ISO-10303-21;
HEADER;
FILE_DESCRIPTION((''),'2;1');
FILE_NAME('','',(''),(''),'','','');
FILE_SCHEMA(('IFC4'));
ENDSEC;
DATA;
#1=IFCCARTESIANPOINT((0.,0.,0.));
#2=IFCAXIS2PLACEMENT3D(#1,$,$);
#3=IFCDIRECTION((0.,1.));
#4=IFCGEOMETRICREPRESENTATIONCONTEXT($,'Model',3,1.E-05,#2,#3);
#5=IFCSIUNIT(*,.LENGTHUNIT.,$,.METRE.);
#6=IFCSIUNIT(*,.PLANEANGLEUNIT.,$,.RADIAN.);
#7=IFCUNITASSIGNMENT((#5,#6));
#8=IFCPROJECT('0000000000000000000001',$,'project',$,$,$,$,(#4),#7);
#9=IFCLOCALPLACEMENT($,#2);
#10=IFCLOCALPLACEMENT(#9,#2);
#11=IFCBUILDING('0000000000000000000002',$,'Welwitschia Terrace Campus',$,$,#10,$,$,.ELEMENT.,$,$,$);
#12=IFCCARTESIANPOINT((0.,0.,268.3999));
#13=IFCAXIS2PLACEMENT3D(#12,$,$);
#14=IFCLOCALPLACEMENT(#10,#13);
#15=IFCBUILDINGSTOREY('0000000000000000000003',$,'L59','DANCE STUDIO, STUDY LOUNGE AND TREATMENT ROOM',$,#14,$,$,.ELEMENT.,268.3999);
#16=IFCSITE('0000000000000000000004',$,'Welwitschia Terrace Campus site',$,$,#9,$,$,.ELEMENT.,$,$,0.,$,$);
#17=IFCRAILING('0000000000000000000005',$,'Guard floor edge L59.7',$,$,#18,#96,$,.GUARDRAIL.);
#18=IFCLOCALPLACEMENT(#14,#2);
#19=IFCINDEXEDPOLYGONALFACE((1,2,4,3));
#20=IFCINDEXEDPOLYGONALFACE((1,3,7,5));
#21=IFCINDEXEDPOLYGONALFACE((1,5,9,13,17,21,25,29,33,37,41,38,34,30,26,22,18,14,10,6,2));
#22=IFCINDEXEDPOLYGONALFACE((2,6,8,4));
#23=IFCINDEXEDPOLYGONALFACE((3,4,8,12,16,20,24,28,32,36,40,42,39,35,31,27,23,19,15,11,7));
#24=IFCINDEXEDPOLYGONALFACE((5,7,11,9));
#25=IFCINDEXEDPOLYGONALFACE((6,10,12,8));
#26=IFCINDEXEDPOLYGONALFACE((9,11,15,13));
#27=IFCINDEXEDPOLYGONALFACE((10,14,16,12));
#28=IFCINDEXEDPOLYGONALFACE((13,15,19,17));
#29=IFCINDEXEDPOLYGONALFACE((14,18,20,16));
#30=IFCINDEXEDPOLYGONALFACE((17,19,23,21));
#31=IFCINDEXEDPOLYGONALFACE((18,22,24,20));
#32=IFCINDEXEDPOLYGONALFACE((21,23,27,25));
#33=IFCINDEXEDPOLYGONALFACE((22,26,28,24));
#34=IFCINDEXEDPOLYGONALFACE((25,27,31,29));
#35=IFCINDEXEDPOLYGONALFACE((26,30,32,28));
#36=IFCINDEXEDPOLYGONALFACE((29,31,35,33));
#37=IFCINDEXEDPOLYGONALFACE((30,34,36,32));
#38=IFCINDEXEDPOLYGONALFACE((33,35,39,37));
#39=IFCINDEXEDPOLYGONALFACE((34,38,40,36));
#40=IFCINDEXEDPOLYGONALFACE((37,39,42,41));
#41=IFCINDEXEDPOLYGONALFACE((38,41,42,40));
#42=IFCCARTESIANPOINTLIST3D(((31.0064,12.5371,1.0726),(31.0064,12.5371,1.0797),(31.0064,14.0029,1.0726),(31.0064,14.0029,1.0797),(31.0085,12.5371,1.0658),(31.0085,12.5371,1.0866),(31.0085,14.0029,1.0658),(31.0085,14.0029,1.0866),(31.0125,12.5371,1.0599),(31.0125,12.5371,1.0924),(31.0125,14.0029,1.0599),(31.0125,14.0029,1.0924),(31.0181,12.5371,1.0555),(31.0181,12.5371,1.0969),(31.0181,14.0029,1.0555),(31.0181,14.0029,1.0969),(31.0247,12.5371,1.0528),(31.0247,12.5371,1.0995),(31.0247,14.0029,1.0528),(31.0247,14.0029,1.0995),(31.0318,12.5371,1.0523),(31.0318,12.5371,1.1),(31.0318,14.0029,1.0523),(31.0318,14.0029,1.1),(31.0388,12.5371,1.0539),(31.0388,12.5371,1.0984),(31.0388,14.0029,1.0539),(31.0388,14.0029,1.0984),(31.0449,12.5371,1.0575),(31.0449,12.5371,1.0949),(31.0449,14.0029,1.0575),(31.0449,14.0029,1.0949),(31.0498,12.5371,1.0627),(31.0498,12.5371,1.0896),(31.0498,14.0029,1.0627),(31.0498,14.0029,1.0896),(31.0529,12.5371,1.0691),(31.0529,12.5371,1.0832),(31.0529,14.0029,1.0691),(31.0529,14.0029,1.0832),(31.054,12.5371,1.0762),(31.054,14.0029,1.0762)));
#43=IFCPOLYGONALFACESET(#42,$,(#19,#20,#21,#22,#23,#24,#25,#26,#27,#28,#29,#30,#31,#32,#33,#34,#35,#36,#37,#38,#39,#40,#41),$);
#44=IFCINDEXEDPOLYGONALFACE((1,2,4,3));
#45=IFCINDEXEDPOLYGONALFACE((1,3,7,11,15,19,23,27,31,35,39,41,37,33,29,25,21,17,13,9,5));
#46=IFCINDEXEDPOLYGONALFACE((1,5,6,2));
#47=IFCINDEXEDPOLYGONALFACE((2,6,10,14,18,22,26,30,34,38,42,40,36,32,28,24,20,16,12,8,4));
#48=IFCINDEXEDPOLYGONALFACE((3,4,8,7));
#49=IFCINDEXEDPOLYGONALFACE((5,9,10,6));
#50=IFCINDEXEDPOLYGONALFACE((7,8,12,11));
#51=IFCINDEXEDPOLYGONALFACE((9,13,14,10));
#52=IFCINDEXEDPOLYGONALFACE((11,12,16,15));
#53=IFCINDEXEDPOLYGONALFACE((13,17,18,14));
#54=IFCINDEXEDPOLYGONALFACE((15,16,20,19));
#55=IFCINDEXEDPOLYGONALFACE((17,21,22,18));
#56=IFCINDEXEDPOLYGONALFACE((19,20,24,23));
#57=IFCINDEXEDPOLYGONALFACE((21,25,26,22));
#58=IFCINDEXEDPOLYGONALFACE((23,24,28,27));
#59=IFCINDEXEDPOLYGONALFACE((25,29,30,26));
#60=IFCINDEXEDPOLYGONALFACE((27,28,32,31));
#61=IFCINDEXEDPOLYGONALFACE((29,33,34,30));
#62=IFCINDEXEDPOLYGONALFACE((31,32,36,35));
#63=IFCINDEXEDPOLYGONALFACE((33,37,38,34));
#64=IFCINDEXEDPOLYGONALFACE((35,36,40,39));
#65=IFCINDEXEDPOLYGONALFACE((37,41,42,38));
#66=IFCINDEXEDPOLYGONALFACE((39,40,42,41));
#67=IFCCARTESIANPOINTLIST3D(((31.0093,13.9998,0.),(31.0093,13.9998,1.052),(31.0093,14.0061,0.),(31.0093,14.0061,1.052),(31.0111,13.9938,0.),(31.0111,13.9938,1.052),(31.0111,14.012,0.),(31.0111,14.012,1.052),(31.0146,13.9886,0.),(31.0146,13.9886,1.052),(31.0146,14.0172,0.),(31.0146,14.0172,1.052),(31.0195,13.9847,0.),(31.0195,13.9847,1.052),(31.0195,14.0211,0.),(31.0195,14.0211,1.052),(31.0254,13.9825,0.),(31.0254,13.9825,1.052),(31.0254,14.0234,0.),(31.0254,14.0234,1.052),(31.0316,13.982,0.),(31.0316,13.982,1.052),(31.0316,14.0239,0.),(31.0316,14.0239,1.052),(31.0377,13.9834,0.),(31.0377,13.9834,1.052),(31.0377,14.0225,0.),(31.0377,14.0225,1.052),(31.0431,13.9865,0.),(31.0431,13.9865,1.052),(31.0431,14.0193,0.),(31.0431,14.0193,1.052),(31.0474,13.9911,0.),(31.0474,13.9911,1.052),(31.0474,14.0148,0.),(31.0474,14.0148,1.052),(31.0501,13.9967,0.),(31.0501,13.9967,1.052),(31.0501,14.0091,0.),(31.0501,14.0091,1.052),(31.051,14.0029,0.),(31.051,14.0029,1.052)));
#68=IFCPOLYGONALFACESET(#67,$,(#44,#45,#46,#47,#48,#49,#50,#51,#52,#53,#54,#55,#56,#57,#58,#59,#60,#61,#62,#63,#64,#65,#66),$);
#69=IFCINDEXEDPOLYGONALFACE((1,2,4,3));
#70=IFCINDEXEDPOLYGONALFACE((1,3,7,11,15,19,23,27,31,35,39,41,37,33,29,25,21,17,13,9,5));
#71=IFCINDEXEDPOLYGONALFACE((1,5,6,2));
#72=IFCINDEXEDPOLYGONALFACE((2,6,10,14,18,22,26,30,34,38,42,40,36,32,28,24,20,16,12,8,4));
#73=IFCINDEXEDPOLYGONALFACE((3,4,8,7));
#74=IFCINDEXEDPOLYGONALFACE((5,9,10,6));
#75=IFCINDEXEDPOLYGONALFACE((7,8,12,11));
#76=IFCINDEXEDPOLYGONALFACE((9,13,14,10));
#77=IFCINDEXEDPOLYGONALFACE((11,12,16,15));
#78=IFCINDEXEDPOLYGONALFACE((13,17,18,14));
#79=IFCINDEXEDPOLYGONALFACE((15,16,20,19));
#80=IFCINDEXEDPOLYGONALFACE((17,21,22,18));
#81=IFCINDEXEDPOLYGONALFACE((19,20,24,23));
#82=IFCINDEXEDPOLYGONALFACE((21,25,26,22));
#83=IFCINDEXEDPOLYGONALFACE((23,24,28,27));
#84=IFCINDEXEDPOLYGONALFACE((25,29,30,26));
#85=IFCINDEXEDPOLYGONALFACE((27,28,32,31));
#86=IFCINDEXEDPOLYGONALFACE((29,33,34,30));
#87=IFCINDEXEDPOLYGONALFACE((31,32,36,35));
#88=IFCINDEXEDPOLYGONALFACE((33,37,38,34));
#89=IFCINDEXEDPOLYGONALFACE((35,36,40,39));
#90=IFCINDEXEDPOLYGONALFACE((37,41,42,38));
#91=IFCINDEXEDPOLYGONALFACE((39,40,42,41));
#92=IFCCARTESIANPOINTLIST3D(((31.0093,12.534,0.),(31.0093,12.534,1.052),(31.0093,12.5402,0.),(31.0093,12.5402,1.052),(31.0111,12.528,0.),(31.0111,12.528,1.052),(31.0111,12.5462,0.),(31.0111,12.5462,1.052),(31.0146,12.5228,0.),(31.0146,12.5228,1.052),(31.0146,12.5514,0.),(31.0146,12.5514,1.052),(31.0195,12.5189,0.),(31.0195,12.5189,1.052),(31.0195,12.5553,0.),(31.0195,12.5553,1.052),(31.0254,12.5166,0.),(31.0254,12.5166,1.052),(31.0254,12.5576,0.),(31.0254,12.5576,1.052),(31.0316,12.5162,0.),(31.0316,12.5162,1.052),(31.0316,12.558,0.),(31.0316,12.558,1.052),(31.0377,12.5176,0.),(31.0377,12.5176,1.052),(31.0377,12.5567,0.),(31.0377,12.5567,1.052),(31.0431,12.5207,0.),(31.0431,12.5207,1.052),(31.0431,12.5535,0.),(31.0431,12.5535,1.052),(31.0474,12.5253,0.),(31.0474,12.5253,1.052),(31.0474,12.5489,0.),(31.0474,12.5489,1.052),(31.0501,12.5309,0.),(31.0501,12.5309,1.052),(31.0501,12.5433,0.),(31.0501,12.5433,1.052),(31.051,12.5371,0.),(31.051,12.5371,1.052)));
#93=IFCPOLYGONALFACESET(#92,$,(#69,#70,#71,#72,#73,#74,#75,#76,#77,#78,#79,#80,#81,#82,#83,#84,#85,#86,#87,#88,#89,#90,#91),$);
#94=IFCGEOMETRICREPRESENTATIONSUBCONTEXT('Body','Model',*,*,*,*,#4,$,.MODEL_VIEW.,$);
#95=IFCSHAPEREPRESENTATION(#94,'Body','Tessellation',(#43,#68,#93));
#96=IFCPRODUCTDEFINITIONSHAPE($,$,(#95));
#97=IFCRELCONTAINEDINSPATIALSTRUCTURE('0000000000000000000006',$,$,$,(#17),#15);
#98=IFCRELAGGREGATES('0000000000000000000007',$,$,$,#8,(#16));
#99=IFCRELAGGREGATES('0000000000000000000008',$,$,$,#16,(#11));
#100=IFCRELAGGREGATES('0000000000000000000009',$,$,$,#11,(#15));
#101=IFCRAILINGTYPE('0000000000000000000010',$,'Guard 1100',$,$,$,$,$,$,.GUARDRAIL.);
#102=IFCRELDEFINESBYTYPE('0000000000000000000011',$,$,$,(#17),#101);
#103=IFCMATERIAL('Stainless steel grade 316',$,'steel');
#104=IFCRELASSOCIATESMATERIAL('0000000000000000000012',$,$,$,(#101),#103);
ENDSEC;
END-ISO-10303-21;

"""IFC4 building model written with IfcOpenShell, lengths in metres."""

from ifc_helpers import new_model, si_unit, direction, frame, origin, origin_2d, place, context, subcontext, project, spatial, circle, extrude, material, type_object, element, save


model = new_model("IFC4")

# Units and contexts
model_context = context("Model", 3, precision=1e-05, world=origin(), true_north=direction((0.0, 1.0)))
body_context = subcontext(model_context, "Body", "Model", "MODEL_VIEW")
ifc_project = project(units=[si_unit("LENGTHUNIT", "METRE"), si_unit("PLANEANGLEUNIT", "RADIAN")], contexts=[model_context])

# Site, building, storey
site_placement = place(None, origin())
site = spatial("IfcSite", under=ifc_project, at=site_placement, Name="Welwitschia Terrace Campus site", CompositionType="ELEMENT", RefElevation=0.0)
building_placement = place(site_placement, origin())
building = spatial("IfcBuilding", under=site, at=building_placement, Name="Welwitschia Terrace Campus", CompositionType="ELEMENT")
storey_placement = place(building_placement, frame((0.0, 0.0, 268.3999)))
storey = spatial("IfcBuildingStorey", under=building, at=storey_placement, Name="L59", Description="DANCE STUDIO, STUDY LOUNGE AND TREATMENT ROOM", CompositionType="ELEMENT", Elevation=268.3999)

# Railing
ifc_material_1 = material(Name="Stainless steel grade 316", Category="steel")
railing_type = type_object("IfcRailingType", Name="Guard 1100", PredefinedType="GUARDRAIL", material=ifc_material_1)
railing_1_placement = place(storey_placement, frame((31.03, 14.0029, 0.0)))
element("IfcRailing", 1, at=railing_1_placement, inside=storey, type_object=railing_type, Name="Guard floor edge L59.7", PredefinedType="GUARDRAIL", context=body_context, shape_type="SweptSolid", body=[
    extrude(circle(Radius=0.0239, at=origin_2d()), frame((0.0, 0.0, 1.0762), z_axis=(0.0, -1.0, 0.0), x_axis=(1.0, 0.0, 0.0)), (0.0, 0.0, 1.0), 1.4658),
    extrude(circle(Radius=0.021, at=origin_2d()), origin(), (0.0, 0.0, 1.0), 1.052),
    extrude(circle(Radius=0.021, at=origin_2d()), frame((0.0, -1.4658, 0.0)), (0.0, 0.0, 1.0), 1.052),
])

save(model, "model.ifc")
